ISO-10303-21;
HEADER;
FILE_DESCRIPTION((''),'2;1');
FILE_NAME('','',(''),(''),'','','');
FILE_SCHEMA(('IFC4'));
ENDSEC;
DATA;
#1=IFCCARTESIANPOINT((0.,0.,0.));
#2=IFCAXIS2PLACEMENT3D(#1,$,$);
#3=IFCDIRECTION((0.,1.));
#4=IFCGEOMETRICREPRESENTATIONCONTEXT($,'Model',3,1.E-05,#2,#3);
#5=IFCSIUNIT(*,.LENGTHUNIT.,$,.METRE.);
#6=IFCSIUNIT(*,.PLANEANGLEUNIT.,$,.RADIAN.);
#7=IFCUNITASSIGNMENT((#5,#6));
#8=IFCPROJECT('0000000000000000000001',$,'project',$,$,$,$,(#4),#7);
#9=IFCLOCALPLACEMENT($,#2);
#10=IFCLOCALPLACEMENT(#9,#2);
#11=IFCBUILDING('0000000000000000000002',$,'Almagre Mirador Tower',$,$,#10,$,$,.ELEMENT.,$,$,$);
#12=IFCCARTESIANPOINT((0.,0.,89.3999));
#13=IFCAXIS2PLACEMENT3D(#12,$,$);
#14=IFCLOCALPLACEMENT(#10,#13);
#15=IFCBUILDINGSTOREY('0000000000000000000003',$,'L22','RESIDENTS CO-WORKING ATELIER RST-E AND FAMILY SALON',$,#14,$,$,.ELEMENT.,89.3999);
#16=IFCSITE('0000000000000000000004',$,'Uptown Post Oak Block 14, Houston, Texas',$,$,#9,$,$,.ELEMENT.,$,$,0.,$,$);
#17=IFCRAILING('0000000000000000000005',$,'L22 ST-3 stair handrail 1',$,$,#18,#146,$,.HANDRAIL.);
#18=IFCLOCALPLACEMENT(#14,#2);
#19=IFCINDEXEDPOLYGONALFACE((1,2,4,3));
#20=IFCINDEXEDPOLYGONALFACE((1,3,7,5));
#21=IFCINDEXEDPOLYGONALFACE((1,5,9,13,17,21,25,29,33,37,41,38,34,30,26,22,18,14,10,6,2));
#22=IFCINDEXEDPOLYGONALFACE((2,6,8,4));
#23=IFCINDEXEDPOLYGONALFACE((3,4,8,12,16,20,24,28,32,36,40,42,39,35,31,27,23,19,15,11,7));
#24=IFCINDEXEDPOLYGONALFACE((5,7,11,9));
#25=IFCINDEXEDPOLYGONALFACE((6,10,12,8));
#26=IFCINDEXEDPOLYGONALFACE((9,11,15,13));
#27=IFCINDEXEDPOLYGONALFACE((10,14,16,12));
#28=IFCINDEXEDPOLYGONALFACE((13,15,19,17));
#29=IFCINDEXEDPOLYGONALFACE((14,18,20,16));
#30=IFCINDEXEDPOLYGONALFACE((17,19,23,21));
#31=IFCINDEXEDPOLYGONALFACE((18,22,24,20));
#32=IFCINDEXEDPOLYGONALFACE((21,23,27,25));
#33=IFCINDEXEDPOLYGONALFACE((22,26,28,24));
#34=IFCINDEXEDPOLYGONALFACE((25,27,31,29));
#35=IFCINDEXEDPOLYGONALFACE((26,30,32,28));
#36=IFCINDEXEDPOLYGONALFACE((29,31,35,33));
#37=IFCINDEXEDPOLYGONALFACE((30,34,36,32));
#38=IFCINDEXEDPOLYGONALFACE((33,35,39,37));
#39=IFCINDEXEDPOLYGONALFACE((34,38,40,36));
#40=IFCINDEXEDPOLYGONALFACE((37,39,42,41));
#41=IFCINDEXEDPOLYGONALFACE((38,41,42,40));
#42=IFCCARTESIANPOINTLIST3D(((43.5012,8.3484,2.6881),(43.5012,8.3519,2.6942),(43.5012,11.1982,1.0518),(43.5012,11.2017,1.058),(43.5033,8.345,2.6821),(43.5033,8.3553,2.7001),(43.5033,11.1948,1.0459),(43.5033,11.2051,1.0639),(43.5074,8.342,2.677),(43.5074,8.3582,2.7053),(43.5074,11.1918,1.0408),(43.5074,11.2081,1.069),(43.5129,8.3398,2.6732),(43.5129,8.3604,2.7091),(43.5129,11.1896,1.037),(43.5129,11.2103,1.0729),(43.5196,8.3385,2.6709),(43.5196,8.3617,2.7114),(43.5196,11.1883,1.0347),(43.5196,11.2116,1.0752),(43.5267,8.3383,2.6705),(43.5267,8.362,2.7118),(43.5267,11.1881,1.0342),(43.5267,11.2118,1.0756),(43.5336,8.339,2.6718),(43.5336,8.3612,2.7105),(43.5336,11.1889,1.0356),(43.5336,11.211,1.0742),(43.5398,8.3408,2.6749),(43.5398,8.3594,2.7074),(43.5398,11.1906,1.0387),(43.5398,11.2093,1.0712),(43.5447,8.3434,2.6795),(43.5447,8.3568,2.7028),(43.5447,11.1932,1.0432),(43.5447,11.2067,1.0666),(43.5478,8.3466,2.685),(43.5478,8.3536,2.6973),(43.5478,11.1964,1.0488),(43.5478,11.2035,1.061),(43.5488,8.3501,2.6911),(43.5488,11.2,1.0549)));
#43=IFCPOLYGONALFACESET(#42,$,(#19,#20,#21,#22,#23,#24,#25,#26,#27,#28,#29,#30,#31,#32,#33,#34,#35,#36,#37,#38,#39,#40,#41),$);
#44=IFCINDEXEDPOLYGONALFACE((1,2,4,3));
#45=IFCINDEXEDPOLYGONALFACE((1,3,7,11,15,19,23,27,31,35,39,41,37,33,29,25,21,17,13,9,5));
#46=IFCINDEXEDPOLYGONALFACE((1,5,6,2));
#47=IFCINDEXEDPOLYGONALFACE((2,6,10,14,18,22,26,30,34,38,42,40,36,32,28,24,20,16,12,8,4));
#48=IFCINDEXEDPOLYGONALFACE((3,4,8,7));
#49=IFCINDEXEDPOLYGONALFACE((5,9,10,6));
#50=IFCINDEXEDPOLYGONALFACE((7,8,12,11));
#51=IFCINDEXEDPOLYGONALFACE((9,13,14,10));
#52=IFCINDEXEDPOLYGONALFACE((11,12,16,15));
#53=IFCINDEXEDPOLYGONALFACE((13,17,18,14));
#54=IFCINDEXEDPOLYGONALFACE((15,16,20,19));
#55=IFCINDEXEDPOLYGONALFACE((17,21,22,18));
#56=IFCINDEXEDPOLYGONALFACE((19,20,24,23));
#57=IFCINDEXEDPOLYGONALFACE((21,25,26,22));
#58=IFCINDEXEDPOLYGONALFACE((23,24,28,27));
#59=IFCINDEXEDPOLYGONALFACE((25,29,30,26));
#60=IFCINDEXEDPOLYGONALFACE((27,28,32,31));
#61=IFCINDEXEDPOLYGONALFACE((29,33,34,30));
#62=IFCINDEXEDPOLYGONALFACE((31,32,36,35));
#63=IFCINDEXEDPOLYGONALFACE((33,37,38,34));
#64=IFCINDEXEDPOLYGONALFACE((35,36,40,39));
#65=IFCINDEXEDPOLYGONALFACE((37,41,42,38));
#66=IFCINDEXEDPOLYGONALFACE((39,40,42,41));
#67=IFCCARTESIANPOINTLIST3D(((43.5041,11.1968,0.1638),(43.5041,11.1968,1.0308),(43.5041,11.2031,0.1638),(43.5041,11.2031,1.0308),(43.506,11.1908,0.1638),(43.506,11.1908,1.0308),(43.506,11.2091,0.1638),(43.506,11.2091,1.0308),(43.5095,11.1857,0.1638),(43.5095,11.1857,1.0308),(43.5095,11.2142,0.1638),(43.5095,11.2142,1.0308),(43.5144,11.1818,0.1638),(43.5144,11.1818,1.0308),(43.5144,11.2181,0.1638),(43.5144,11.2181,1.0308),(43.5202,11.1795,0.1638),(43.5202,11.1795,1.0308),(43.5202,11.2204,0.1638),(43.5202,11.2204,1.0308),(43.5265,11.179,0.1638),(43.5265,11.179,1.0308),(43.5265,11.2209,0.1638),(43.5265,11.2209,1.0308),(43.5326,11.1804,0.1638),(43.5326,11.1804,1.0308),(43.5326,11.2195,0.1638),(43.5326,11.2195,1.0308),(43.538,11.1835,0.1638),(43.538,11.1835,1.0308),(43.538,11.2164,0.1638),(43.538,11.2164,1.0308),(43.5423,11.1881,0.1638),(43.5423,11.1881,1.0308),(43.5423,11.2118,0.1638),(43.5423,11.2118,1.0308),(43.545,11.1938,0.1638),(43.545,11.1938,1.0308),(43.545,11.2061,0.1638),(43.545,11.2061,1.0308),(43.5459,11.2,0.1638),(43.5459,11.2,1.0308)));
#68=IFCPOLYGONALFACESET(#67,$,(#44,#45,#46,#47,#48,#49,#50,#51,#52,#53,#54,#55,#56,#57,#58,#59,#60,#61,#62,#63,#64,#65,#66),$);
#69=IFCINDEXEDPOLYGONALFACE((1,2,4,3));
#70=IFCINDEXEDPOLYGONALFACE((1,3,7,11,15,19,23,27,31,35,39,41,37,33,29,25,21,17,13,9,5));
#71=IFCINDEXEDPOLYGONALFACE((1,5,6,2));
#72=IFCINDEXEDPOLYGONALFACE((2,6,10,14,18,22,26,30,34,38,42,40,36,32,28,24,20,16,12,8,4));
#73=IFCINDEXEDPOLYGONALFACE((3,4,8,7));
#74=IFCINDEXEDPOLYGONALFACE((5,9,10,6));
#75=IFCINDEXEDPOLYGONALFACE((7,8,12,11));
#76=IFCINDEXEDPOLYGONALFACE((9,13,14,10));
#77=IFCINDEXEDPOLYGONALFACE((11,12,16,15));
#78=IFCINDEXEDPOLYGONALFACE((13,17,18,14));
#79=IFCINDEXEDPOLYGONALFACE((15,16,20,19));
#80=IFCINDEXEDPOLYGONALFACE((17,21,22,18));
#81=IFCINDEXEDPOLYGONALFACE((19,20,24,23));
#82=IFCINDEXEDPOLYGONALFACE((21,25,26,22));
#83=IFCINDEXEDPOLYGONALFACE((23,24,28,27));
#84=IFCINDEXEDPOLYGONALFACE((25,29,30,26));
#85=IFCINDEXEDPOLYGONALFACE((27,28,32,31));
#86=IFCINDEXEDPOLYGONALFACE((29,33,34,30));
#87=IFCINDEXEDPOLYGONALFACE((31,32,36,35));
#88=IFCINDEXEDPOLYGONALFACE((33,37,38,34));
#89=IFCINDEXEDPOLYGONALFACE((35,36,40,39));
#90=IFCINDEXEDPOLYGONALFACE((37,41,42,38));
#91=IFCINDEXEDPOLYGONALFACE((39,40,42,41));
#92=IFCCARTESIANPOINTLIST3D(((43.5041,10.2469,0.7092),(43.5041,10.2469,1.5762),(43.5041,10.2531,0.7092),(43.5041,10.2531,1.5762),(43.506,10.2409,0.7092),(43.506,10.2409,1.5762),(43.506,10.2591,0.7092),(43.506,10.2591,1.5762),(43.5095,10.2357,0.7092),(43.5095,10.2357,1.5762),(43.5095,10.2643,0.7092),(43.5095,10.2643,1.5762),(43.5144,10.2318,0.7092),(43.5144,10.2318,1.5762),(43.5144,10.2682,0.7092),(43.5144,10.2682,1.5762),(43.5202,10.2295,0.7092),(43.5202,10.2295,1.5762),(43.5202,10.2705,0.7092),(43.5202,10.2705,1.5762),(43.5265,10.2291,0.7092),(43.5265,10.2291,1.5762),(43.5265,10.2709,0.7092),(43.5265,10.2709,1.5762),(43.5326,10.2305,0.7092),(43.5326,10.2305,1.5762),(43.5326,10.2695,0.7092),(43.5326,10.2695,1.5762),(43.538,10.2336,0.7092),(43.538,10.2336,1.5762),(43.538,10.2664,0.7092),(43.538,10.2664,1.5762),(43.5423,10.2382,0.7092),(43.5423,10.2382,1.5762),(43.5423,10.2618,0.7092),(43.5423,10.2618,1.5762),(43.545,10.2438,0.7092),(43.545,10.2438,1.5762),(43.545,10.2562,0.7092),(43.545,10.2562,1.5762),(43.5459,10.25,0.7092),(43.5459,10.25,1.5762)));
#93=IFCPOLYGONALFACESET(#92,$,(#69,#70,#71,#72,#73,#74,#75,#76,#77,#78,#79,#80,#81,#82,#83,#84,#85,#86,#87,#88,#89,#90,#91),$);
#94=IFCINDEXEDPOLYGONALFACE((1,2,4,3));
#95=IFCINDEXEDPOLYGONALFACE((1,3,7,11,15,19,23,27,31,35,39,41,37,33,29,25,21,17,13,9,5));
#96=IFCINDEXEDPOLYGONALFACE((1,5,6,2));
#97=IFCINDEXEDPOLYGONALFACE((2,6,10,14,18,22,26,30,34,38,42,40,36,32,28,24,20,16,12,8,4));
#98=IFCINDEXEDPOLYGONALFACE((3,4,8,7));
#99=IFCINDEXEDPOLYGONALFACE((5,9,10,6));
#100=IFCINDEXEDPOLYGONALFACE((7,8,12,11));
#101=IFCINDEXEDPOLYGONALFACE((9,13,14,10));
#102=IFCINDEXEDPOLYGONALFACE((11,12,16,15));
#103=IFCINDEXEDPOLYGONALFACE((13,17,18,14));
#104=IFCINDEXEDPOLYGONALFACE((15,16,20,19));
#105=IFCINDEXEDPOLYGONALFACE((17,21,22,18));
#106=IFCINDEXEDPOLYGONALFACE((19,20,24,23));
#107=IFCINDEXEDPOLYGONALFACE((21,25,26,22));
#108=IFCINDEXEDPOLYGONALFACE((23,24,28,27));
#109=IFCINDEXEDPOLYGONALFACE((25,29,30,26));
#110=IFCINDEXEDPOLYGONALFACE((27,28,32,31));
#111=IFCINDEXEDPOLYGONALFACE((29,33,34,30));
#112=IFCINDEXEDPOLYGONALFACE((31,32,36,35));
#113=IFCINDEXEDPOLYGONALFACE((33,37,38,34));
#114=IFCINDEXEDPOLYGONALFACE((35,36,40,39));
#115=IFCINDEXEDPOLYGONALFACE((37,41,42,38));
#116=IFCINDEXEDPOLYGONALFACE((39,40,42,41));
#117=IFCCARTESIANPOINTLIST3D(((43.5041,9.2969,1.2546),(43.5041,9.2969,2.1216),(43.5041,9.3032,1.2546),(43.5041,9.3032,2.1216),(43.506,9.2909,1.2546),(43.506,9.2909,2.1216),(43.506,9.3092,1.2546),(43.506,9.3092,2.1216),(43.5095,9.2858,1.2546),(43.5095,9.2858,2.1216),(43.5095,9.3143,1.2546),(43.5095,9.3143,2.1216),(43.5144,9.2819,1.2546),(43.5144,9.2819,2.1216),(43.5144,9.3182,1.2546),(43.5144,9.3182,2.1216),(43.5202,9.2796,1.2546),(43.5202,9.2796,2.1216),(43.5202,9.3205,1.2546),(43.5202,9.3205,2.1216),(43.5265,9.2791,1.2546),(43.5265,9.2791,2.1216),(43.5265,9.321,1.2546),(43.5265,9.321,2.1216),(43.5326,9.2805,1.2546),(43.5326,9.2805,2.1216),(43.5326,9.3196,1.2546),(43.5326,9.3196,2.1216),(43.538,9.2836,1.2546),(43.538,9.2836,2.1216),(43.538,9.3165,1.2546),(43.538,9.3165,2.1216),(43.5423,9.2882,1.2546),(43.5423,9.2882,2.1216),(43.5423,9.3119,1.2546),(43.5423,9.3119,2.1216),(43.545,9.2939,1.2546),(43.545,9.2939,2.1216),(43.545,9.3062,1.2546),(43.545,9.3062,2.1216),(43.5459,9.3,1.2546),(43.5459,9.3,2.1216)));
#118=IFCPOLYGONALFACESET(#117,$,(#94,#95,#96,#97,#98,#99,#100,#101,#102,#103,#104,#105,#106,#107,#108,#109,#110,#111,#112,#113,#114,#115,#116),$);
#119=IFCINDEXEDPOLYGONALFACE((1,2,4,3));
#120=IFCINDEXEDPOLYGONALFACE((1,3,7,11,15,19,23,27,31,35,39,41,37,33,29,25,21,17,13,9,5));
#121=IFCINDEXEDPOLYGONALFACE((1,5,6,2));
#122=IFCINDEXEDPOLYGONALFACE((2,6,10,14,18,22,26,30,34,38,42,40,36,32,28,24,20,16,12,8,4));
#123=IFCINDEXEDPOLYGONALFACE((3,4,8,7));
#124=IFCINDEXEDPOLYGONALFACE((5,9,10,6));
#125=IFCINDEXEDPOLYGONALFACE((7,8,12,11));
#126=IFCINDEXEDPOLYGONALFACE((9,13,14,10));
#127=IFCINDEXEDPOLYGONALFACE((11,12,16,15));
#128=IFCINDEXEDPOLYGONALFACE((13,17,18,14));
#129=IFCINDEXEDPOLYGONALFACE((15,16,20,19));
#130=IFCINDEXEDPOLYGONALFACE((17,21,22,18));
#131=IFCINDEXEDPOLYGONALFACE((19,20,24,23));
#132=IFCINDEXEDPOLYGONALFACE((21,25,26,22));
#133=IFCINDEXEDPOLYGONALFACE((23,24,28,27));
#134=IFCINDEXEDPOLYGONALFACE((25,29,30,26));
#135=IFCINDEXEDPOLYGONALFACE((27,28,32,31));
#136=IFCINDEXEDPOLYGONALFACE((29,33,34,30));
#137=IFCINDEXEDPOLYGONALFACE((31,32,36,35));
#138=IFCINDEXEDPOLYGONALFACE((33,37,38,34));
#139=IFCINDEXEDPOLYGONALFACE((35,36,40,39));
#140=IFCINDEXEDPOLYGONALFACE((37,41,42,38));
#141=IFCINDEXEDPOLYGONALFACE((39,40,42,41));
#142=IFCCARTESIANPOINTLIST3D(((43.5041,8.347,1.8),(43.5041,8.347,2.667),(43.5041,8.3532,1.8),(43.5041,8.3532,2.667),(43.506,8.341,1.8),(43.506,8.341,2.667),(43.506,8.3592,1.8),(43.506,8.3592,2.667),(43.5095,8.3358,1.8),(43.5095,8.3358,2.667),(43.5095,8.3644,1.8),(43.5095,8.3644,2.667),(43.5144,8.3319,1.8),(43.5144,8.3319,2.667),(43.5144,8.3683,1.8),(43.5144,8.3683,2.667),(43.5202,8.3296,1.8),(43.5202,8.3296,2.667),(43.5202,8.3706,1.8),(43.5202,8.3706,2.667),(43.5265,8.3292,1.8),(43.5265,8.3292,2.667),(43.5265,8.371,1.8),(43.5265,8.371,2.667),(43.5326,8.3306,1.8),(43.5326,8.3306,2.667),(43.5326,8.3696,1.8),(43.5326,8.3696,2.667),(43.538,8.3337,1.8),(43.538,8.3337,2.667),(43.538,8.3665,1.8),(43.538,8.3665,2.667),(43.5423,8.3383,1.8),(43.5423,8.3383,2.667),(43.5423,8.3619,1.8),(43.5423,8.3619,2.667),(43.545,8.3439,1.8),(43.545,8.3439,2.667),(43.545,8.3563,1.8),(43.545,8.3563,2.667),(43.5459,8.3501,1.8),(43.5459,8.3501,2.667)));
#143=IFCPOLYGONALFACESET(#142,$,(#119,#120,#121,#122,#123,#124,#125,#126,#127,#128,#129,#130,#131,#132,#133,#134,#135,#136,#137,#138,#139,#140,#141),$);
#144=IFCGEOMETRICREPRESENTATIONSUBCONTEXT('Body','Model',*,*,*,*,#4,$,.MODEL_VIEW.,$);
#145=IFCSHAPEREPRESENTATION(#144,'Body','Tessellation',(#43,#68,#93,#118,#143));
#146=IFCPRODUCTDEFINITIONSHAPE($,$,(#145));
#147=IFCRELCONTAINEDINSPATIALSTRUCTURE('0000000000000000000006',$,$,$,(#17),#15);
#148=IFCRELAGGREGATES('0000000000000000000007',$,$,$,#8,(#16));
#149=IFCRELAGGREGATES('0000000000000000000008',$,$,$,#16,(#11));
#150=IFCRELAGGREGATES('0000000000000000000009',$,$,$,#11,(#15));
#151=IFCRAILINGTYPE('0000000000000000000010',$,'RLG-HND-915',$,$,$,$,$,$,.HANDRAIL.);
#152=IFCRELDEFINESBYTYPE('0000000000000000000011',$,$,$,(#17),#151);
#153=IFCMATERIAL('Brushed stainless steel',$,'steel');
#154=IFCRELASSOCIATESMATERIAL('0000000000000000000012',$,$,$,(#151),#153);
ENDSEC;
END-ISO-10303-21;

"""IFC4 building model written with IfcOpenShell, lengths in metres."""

from ifc_helpers import new_model, si_unit, direction, frame, origin, origin_2d, place, context, subcontext, project, spatial, circle, extrude, material, type_object, element, save


model = new_model("IFC4")

# Units and contexts
model_context = context("Model", 3, precision=1e-05, world=origin(), true_north=direction((0.0, 1.0)))
body_context = subcontext(model_context, "Body", "Model", "MODEL_VIEW")
ifc_project = project(units=[si_unit("LENGTHUNIT", "METRE"), si_unit("PLANEANGLEUNIT", "RADIAN")], contexts=[model_context])

# Site, building, storey
site_placement = place(None, origin())
site = spatial("IfcSite", under=ifc_project, at=site_placement, Name="Uptown Post Oak Block 14, Houston, Texas", CompositionType="ELEMENT", RefElevation=0.0)
building_placement = place(site_placement, origin())
building = spatial("IfcBuilding", under=site, at=building_placement, Name="Almagre Mirador Tower", CompositionType="ELEMENT")
storey_placement = place(building_placement, frame((0.0, 0.0, 89.3999)))
storey = spatial("IfcBuildingStorey", under=building, at=storey_placement, Name="L22", Description="RESIDENTS CO-WORKING ATELIER RST-E AND FAMILY SALON", CompositionType="ELEMENT", Elevation=89.3999)

# Railing
ifc_material_1 = material(Name="Brushed stainless steel", Category="steel")
railing_type_1 = type_object("IfcRailingType", Name="RLG-HND-915", PredefinedType="HANDRAIL", material=ifc_material_1)
railing_1_placement = place(storey_placement, frame((43.5249, 11.2, 0.1638)))
element("IfcRailing", 1, at=railing_1_placement, inside=storey, type_object=railing_type_1, Name="L22 ST-3 stair handrail 1", PredefinedType="HANDRAIL", context=body_context, shape_type="SweptSolid", body=[
    extrude(circle(Radius=0.0239, at=origin_2d()), frame((0.0, 0.0, 0.8911), z_axis=(0.0, -0.867226, 0.497914), x_axis=(1.0, 0.0, 0.0)), (0.0, 0.0, 1.0), 3.2861),
    extrude(circle(Radius=0.021, at=origin_2d()), origin(), (0.0, 0.0, 1.0), 0.8669),
    extrude(circle(Radius=0.021, at=origin_2d()), frame((0.0, -0.95, 0.5454)), (0.0, 0.0, 1.0), 0.8669),
    extrude(circle(Radius=0.021, at=origin_2d()), frame((0.0, -1.8999, 1.0908)), (0.0, 0.0, 1.0), 0.8669),
    extrude(circle(Radius=0.021, at=origin_2d()), frame((0.0, -2.8499, 1.6362)), (0.0, 0.0, 1.0), 0.8669),
])

save(model, "model.ifc")
